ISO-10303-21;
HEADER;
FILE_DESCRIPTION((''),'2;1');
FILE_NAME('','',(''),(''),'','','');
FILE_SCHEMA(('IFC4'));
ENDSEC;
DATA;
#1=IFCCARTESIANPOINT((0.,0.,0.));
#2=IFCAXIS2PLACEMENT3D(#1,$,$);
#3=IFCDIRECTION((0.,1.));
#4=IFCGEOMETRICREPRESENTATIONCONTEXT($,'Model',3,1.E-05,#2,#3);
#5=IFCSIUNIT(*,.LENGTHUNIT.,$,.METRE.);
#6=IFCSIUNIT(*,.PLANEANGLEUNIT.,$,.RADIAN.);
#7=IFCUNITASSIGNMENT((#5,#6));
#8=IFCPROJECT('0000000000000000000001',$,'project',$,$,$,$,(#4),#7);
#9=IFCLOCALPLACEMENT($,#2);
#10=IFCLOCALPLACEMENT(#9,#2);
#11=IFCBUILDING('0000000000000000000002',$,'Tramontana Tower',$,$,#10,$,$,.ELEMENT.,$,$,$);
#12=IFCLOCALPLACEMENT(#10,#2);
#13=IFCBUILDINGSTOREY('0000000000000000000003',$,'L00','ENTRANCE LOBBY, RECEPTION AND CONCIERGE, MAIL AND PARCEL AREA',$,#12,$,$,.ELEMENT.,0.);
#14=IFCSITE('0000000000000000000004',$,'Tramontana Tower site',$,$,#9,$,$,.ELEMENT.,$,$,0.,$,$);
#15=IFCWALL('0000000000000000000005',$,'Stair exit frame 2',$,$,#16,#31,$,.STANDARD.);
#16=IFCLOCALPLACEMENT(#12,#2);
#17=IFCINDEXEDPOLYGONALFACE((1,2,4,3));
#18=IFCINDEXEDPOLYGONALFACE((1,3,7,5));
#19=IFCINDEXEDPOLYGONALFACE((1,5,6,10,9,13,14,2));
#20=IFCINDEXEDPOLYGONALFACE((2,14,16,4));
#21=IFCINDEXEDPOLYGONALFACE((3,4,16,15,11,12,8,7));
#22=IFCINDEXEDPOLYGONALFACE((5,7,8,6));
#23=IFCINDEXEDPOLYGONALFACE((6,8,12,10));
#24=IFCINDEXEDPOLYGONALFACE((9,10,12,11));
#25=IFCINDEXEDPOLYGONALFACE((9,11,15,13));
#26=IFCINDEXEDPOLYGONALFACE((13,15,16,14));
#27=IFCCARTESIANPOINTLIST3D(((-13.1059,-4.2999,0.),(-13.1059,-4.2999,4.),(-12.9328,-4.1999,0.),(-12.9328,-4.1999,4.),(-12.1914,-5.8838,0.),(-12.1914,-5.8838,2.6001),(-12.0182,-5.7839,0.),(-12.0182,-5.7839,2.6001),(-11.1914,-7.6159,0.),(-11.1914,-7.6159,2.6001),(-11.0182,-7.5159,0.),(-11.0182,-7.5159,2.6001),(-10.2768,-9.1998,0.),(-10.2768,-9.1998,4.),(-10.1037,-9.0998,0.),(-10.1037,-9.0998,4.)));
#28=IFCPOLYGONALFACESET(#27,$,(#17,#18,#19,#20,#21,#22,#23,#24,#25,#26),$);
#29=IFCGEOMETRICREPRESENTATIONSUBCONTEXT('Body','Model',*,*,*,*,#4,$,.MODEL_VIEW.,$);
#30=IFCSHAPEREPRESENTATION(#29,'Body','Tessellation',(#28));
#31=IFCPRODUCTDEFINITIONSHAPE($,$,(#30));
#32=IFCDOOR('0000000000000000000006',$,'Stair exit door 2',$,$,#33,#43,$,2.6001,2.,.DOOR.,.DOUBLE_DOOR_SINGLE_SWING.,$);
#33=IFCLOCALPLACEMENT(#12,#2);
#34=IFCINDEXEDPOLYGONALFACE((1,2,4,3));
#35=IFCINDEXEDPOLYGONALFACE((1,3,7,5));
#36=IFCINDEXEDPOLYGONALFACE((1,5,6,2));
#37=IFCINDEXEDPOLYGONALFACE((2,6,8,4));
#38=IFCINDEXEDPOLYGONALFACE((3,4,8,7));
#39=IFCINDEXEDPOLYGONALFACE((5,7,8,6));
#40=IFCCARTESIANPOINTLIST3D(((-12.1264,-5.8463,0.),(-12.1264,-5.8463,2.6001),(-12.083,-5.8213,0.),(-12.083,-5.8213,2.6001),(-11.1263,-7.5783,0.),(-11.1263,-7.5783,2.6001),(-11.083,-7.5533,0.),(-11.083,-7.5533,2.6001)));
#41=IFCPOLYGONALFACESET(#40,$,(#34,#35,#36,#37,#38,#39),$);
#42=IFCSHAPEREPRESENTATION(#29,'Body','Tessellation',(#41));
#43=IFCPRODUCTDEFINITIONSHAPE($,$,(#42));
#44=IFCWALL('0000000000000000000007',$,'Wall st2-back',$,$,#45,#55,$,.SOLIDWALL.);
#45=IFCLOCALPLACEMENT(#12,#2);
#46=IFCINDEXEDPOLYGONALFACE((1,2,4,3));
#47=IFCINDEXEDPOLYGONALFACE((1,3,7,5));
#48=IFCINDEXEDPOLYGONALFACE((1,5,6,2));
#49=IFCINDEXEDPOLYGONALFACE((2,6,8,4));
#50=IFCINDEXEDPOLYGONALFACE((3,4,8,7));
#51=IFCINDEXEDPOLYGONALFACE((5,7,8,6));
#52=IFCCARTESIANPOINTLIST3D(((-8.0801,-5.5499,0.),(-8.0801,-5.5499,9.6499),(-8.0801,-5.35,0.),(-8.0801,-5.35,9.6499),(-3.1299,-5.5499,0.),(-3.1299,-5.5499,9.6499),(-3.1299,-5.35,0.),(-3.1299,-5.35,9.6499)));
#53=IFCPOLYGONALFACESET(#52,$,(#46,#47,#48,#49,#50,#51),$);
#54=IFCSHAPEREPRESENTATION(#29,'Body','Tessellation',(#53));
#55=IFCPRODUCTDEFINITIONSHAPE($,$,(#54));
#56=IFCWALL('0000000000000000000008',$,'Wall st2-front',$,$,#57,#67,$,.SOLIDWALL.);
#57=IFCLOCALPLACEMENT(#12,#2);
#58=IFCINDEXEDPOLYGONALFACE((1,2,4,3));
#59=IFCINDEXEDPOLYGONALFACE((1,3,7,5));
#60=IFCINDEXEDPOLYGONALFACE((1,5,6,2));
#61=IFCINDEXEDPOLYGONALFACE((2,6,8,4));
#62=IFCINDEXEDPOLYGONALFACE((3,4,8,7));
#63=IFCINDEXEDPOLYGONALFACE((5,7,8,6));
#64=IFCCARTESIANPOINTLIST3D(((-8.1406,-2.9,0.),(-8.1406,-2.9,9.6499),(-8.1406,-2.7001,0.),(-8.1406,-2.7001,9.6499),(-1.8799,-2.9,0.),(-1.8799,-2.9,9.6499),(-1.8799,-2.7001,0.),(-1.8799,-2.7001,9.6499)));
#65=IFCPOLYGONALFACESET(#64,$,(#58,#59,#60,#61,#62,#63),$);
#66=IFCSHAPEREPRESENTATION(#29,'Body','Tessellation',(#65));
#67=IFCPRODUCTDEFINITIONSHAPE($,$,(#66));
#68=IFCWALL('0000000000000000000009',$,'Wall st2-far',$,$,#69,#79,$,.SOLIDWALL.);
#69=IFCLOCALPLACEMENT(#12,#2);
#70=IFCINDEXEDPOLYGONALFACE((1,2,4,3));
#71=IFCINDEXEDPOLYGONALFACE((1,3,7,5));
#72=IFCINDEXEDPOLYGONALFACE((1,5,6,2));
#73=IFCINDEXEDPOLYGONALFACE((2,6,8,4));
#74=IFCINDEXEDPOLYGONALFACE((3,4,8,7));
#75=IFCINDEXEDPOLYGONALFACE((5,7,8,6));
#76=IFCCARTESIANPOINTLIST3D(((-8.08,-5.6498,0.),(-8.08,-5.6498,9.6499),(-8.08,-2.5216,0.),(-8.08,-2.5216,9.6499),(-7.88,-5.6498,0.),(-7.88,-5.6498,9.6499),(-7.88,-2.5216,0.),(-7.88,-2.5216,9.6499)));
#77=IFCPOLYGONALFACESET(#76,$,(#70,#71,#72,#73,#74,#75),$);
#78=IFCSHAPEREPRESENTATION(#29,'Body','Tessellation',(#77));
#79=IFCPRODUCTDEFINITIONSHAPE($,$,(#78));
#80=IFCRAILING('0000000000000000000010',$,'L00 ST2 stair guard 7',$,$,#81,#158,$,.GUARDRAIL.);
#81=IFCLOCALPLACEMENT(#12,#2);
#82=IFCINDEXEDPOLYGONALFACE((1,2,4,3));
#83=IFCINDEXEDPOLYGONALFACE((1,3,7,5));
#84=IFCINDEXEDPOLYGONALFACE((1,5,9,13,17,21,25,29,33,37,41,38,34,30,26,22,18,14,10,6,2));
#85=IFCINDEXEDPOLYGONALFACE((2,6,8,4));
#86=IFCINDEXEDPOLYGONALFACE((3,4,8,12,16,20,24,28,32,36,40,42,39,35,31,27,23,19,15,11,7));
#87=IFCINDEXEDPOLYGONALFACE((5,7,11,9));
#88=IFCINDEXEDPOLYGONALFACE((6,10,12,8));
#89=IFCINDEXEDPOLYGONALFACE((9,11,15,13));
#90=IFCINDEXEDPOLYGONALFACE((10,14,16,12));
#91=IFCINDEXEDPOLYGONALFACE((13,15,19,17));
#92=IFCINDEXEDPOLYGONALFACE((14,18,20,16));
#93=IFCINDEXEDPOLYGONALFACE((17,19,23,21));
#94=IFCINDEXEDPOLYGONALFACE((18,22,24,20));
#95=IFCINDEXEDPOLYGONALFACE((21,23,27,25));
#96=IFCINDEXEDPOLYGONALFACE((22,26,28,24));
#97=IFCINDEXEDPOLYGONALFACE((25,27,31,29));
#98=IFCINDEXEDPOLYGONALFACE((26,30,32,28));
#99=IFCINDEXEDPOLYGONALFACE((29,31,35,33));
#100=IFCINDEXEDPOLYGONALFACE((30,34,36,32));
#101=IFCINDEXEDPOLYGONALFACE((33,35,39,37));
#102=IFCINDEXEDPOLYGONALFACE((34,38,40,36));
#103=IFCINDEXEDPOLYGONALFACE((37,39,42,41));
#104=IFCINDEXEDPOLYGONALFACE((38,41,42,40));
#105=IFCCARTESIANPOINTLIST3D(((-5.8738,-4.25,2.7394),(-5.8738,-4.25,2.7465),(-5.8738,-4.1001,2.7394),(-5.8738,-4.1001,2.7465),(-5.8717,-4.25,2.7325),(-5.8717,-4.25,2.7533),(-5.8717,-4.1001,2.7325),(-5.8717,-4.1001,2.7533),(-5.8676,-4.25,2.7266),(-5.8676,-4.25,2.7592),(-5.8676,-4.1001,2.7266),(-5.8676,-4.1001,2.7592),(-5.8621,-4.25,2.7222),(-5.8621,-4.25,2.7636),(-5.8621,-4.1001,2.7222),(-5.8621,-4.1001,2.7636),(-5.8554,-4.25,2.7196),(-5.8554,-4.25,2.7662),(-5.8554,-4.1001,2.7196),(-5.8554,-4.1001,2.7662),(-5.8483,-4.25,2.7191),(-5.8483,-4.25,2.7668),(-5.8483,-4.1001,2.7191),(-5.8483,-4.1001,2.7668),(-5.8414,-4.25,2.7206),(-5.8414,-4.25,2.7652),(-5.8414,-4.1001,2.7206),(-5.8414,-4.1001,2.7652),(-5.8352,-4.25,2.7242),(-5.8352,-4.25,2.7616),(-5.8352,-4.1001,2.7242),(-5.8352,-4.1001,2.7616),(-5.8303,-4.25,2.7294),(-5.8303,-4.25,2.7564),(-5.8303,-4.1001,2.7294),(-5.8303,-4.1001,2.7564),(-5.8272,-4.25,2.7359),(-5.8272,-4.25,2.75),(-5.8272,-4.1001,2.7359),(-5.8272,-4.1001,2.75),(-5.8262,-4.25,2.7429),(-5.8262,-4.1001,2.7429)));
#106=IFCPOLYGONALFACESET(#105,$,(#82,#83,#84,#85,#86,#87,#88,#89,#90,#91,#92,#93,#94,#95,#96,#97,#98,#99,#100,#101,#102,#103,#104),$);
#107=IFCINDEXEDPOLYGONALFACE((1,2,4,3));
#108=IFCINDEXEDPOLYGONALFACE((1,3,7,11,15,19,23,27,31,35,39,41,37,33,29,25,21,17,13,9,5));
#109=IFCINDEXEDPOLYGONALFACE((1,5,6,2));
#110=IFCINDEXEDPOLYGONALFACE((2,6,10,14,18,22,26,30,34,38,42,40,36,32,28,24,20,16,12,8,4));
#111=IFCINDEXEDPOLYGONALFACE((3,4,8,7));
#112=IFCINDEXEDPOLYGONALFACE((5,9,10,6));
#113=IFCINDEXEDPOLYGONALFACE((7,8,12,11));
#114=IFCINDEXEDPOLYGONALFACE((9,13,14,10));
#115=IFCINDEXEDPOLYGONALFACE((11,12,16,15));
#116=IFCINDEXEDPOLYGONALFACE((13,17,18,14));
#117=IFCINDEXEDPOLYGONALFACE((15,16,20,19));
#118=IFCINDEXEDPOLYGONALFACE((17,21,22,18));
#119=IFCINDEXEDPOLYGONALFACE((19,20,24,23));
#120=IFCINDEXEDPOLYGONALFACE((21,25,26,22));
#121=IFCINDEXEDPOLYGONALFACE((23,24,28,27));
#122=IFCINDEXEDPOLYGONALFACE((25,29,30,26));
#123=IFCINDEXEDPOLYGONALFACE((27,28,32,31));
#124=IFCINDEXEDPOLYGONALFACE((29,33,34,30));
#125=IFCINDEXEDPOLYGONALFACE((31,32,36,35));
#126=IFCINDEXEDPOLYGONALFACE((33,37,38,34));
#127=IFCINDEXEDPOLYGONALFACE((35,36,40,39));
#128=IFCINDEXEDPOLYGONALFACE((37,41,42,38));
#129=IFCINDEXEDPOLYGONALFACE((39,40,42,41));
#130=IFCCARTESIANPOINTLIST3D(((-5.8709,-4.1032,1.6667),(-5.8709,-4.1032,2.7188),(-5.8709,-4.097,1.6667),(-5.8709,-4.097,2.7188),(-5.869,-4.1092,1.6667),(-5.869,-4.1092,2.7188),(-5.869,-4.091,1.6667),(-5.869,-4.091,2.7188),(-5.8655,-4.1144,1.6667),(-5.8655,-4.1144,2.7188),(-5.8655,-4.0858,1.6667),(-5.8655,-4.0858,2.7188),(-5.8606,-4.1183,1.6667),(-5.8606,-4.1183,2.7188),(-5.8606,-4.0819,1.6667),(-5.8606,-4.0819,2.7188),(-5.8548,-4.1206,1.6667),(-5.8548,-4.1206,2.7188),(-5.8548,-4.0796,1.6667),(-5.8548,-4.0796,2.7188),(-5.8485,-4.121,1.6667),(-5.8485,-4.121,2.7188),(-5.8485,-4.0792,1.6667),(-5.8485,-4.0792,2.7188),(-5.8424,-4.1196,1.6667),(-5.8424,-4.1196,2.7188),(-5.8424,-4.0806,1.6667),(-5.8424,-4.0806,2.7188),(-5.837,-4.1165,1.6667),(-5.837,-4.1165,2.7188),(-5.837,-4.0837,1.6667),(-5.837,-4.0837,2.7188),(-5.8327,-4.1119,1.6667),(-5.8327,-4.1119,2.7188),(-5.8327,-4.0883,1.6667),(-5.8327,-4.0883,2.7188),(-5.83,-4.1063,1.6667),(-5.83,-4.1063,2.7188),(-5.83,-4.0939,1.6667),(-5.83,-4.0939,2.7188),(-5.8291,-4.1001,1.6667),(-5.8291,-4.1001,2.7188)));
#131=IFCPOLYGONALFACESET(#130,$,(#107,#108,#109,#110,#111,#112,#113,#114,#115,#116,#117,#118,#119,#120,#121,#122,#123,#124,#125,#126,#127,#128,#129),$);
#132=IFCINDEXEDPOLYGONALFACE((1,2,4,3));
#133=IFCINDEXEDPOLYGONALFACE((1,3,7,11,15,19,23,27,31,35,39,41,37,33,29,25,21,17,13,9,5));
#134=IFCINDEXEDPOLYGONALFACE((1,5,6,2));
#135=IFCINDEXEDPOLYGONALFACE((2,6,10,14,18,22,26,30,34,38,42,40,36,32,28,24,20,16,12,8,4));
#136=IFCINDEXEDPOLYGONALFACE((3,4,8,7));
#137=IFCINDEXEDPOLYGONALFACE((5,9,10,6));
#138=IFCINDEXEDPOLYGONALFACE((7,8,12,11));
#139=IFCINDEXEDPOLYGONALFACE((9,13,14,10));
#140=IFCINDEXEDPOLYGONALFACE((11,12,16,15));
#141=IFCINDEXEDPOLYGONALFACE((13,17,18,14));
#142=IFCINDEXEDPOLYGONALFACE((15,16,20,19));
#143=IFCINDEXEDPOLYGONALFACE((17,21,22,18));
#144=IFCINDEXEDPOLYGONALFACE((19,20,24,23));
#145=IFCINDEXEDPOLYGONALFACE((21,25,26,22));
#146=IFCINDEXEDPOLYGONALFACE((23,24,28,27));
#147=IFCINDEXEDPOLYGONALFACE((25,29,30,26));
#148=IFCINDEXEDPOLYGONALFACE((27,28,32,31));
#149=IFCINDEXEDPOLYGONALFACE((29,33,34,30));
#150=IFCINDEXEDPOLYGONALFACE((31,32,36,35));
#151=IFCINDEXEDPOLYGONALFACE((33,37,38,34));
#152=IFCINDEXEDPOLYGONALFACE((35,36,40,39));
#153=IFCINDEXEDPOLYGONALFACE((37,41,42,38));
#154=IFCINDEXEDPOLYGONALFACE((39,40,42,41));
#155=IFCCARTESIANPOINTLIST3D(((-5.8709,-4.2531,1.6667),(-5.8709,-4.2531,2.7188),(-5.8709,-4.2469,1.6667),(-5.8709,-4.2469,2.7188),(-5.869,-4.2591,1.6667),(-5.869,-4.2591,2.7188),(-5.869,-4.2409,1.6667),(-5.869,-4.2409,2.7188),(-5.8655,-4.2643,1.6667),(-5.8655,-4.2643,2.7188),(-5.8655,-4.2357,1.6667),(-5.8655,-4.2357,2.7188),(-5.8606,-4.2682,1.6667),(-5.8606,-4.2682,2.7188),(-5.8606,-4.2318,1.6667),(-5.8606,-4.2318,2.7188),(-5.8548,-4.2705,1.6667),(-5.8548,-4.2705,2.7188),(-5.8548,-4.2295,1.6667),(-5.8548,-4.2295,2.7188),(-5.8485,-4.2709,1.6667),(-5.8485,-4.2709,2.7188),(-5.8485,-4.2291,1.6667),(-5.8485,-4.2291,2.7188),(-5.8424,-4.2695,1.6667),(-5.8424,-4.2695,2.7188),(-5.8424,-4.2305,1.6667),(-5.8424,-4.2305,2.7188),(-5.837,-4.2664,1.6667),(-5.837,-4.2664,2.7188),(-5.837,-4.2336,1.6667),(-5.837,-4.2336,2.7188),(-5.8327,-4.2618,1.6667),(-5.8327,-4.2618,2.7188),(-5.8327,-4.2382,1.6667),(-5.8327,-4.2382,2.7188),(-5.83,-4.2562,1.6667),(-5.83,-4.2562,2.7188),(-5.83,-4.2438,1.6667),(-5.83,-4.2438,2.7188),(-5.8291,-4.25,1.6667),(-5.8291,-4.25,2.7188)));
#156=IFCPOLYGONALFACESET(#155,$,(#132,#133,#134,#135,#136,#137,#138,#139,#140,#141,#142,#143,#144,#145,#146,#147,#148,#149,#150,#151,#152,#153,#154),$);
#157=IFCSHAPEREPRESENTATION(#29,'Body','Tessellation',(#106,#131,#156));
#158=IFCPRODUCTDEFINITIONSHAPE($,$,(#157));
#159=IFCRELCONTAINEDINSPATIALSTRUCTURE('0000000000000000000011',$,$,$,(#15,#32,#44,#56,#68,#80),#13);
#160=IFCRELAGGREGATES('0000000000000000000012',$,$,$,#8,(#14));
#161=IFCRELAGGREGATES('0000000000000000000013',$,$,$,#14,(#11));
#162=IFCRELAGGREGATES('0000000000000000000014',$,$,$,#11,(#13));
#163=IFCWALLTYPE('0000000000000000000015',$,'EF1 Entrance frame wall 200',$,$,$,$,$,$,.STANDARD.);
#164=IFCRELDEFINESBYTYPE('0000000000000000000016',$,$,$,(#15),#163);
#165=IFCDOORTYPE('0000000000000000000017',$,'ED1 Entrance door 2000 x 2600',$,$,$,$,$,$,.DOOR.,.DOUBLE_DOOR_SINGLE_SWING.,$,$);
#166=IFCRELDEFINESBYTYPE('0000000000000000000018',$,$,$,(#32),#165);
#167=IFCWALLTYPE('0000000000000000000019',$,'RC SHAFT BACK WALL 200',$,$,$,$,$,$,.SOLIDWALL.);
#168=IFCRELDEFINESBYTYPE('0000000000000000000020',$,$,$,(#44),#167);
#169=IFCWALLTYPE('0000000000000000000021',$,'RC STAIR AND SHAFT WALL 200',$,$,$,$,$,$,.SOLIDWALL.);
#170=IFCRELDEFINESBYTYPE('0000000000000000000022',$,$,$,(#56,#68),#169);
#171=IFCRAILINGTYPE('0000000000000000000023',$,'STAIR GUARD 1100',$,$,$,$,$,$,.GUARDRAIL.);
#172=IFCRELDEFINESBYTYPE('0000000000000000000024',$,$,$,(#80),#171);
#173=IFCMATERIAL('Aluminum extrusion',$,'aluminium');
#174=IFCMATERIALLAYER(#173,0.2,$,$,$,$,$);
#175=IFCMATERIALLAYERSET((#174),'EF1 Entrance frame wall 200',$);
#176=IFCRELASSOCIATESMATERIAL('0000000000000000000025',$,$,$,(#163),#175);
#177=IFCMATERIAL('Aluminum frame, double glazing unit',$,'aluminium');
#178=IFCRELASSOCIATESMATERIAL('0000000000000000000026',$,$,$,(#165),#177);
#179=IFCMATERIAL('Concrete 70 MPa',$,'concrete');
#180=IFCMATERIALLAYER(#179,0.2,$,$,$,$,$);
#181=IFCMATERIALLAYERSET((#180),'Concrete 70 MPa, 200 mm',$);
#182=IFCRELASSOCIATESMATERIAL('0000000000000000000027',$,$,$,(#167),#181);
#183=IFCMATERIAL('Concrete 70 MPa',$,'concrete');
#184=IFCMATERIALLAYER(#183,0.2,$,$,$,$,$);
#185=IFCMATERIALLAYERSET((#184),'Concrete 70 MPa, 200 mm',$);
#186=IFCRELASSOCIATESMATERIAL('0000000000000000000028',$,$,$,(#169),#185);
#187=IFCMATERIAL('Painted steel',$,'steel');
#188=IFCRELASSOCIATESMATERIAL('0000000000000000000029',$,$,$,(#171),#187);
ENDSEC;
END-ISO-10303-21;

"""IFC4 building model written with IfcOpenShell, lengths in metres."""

from ifc_helpers import new_model, si_unit, direction, frame, frame_2d, origin, origin_2d, place, context, subcontext, project, spatial, rectangle, circle, extrude, material, layer, layer_set, type_object, element, fill, save


model = new_model("IFC4")

# Units and contexts
model_context = context("Model", 3, precision=1e-05, world=origin(), true_north=direction((0.0, 1.0)))
body_context = subcontext(model_context, "Body", "Model", "MODEL_VIEW")
ifc_project = project(units=[si_unit("LENGTHUNIT", "METRE"), si_unit("PLANEANGLEUNIT", "RADIAN")], contexts=[model_context])

# Site, building, storey
site_placement = place(None, origin())
site = spatial("IfcSite", under=ifc_project, at=site_placement, Name="Tramontana Tower site", CompositionType="ELEMENT", RefElevation=0.0)
building_placement = place(site_placement, origin())
building = spatial("IfcBuilding", under=site, at=building_placement, Name="Tramontana Tower", CompositionType="ELEMENT")
storey_placement = place(building_placement, origin())
storey = spatial("IfcBuildingStorey", under=building, at=storey_placement, Name="L00", Description="ENTRANCE LOBBY, RECEPTION AND CONCIERGE, MAIL AND PARCEL AREA", CompositionType="ELEMENT", Elevation=0.0)

# Wall, opening, door
ifc_material_1 = material(Name="Aluminum extrusion", Category="aluminium")
ifc_layer_1 = layer(ifc_material_1, 0.2)
ifc_layer_set_1 = layer_set([ifc_layer_1], Name="EF1 Entrance frame wall 200")
wall_type_1 = type_object("IfcWallType", Name="EF1 Entrance frame wall 200", PredefinedType="STANDARD", material=ifc_layer_set_1)
wall_1_placement = place(storey_placement, frame((-10.1902, -9.1499, 0.0), z_axis=(0.0, 0.0, 1.0), x_axis=(-0.500019, 0.866015, 0.0)))
wall_1 = element("IfcWall", 1, at=wall_1_placement, inside=storey, type_object=wall_type_1, Name="Stair exit frame 2", PredefinedType="STANDARD", context=body_context, shape_type="SweptSolid", body=[
    extrude(rectangle(XDim=5.658, YDim=0.2, at=frame_2d((2.8291, 0.0))), origin(), (0.0, 0.0, 1.0), 4.0),
])
opening_1_placement = place(wall_1_placement, frame((1.8291, 0.0, 0.0)))
opening_1 = element("IfcOpeningElement", 2, at=opening_1_placement, cuts=wall_1, PredefinedType="OPENING", context=body_context, shape_type="SweptSolid", body=[
    extrude(rectangle(XDim=2.0, YDim=2.6001, at=frame_2d((1.0, 1.3))), frame((0.0, 0.1099, 0.0), z_axis=(0.0, -1.0, 0.0), x_axis=(1.0, 0.0, 0.0)), (0.0, 0.0, 1.0), 0.22),
])
ifc_material_2 = material(Name="Aluminum frame, double glazing unit", Category="aluminium")
door_type_1 = type_object("IfcDoorType", Name="ED1 Entrance door 2000 x 2600", OperationType="DOUBLE_DOOR_SINGLE_SWING", PredefinedType="DOOR", material=ifc_material_2)
door_1_placement = place(opening_1_placement, origin())
door_1 = element("IfcDoor", 3, at=door_1_placement, inside=storey, type_object=door_type_1, Name="Stair exit door 2", OperationType="DOUBLE_DOOR_SINGLE_SWING", OverallHeight=2.6001, OverallWidth=2.0, PredefinedType="DOOR", context=body_context, shape_type="SweptSolid", body=[
    extrude(rectangle(XDim=2.0, YDim=2.6001, at=frame_2d((1.0, 1.3))), frame((0.0, 0.0249, 0.0), z_axis=(0.0, -1.0, 0.0), x_axis=(1.0, 0.0, 0.0)), (0.0, 0.0, 1.0), 0.05),
])
fill(opening_1, door_1)

# Walls
ifc_material_3 = material(Name="Concrete 70 MPa", Category="concrete")
ifc_layer_2 = layer(ifc_material_3, 0.2)
ifc_layer_set_2 = layer_set([ifc_layer_2], Name="Concrete 70 MPa, 200 mm")
wall_type_2 = type_object("IfcWallType", Name="RC SHAFT BACK WALL 200", PredefinedType="SOLIDWALL", material=ifc_layer_set_2)
wall_2_placement = place(storey_placement, frame((-8.0801, -5.45, 0.0), z_axis=(0.0, 0.0, 1.0), x_axis=(1.0, 0.0, 0.0)))
element("IfcWall", 4, at=wall_2_placement, inside=storey, type_object=wall_type_2, Name="Wall st2-back", PredefinedType="SOLIDWALL", context=body_context, shape_type="SweptSolid", body=[
    extrude(rectangle(XDim=4.9502, YDim=0.2, at=frame_2d((2.4751, 0.0))), origin(), (0.0, 0.0, 1.0), 9.6499),
])
ifc_material_4 = material(Name="Concrete 70 MPa", Category="concrete")
ifc_layer_3 = layer(ifc_material_4, 0.2)
ifc_layer_set_3 = layer_set([ifc_layer_3], Name="Concrete 70 MPa, 200 mm")
wall_type_3 = type_object("IfcWallType", Name="RC STAIR AND SHAFT WALL 200", PredefinedType="SOLIDWALL", material=ifc_layer_set_3)
wall_3_placement = place(storey_placement, frame((-8.1406, -2.8, 0.0), z_axis=(0.0, 0.0, 1.0), x_axis=(1.0, 0.0, 0.0)))
element("IfcWall", 5, at=wall_3_placement, inside=storey, type_object=wall_type_3, Name="Wall st2-front", PredefinedType="SOLIDWALL", context=body_context, shape_type="SweptSolid", body=[
    extrude(rectangle(XDim=6.2607, YDim=0.2, at=frame_2d((3.1304, 0.0))), origin(), (0.0, 0.0, 1.0), 9.6499),
])
wall_4_placement = place(storey_placement, frame((-7.98, -2.5217, 0.0), z_axis=(0.0, 0.0, 1.0), x_axis=(0.0, -1.0, 0.0)))
element("IfcWall", 6, at=wall_4_placement, inside=storey, type_object=wall_type_3, Name="Wall st2-far", PredefinedType="SOLIDWALL", context=body_context, shape_type="SweptSolid", body=[
    extrude(rectangle(XDim=3.1282, YDim=0.2, at=frame_2d((1.564, 0.0))), origin(), (0.0, 0.0, 1.0), 9.6499),
])

# Railing
ifc_material_5 = material(Name="Painted steel", Category="steel")
railing_type = type_object("IfcRailingType", Name="STAIR GUARD 1100", PredefinedType="GUARDRAIL", material=ifc_material_5)
for number, where, name in (
    (7, (-5.8501, -4.1001, 1.6667), "L00 ST2 stair guard 7"),
):
    element("IfcRailing", number, at=place(storey_placement, frame(where)), inside=storey, type_object=railing_type, Name=name, PredefinedType="GUARDRAIL", context=body_context, shape_type="SweptSolid", body=[
        extrude(circle(Radius=0.0239, at=origin_2d()), frame((0.0, 0.0, 1.0762), z_axis=(0.0, -1.0, 0.0), x_axis=(1.0, 0.0, 0.0)), (0.0, 0.0, 1.0), 0.1499),
        extrude(circle(Radius=0.021, at=origin_2d()), origin(), (0.0, 0.0, 1.0), 1.052),
        extrude(circle(Radius=0.021, at=origin_2d()), frame((0.0, -0.1499, 0.0)), (0.0, 0.0, 1.0), 1.052),
    ])

save(model, "model.ifc")
